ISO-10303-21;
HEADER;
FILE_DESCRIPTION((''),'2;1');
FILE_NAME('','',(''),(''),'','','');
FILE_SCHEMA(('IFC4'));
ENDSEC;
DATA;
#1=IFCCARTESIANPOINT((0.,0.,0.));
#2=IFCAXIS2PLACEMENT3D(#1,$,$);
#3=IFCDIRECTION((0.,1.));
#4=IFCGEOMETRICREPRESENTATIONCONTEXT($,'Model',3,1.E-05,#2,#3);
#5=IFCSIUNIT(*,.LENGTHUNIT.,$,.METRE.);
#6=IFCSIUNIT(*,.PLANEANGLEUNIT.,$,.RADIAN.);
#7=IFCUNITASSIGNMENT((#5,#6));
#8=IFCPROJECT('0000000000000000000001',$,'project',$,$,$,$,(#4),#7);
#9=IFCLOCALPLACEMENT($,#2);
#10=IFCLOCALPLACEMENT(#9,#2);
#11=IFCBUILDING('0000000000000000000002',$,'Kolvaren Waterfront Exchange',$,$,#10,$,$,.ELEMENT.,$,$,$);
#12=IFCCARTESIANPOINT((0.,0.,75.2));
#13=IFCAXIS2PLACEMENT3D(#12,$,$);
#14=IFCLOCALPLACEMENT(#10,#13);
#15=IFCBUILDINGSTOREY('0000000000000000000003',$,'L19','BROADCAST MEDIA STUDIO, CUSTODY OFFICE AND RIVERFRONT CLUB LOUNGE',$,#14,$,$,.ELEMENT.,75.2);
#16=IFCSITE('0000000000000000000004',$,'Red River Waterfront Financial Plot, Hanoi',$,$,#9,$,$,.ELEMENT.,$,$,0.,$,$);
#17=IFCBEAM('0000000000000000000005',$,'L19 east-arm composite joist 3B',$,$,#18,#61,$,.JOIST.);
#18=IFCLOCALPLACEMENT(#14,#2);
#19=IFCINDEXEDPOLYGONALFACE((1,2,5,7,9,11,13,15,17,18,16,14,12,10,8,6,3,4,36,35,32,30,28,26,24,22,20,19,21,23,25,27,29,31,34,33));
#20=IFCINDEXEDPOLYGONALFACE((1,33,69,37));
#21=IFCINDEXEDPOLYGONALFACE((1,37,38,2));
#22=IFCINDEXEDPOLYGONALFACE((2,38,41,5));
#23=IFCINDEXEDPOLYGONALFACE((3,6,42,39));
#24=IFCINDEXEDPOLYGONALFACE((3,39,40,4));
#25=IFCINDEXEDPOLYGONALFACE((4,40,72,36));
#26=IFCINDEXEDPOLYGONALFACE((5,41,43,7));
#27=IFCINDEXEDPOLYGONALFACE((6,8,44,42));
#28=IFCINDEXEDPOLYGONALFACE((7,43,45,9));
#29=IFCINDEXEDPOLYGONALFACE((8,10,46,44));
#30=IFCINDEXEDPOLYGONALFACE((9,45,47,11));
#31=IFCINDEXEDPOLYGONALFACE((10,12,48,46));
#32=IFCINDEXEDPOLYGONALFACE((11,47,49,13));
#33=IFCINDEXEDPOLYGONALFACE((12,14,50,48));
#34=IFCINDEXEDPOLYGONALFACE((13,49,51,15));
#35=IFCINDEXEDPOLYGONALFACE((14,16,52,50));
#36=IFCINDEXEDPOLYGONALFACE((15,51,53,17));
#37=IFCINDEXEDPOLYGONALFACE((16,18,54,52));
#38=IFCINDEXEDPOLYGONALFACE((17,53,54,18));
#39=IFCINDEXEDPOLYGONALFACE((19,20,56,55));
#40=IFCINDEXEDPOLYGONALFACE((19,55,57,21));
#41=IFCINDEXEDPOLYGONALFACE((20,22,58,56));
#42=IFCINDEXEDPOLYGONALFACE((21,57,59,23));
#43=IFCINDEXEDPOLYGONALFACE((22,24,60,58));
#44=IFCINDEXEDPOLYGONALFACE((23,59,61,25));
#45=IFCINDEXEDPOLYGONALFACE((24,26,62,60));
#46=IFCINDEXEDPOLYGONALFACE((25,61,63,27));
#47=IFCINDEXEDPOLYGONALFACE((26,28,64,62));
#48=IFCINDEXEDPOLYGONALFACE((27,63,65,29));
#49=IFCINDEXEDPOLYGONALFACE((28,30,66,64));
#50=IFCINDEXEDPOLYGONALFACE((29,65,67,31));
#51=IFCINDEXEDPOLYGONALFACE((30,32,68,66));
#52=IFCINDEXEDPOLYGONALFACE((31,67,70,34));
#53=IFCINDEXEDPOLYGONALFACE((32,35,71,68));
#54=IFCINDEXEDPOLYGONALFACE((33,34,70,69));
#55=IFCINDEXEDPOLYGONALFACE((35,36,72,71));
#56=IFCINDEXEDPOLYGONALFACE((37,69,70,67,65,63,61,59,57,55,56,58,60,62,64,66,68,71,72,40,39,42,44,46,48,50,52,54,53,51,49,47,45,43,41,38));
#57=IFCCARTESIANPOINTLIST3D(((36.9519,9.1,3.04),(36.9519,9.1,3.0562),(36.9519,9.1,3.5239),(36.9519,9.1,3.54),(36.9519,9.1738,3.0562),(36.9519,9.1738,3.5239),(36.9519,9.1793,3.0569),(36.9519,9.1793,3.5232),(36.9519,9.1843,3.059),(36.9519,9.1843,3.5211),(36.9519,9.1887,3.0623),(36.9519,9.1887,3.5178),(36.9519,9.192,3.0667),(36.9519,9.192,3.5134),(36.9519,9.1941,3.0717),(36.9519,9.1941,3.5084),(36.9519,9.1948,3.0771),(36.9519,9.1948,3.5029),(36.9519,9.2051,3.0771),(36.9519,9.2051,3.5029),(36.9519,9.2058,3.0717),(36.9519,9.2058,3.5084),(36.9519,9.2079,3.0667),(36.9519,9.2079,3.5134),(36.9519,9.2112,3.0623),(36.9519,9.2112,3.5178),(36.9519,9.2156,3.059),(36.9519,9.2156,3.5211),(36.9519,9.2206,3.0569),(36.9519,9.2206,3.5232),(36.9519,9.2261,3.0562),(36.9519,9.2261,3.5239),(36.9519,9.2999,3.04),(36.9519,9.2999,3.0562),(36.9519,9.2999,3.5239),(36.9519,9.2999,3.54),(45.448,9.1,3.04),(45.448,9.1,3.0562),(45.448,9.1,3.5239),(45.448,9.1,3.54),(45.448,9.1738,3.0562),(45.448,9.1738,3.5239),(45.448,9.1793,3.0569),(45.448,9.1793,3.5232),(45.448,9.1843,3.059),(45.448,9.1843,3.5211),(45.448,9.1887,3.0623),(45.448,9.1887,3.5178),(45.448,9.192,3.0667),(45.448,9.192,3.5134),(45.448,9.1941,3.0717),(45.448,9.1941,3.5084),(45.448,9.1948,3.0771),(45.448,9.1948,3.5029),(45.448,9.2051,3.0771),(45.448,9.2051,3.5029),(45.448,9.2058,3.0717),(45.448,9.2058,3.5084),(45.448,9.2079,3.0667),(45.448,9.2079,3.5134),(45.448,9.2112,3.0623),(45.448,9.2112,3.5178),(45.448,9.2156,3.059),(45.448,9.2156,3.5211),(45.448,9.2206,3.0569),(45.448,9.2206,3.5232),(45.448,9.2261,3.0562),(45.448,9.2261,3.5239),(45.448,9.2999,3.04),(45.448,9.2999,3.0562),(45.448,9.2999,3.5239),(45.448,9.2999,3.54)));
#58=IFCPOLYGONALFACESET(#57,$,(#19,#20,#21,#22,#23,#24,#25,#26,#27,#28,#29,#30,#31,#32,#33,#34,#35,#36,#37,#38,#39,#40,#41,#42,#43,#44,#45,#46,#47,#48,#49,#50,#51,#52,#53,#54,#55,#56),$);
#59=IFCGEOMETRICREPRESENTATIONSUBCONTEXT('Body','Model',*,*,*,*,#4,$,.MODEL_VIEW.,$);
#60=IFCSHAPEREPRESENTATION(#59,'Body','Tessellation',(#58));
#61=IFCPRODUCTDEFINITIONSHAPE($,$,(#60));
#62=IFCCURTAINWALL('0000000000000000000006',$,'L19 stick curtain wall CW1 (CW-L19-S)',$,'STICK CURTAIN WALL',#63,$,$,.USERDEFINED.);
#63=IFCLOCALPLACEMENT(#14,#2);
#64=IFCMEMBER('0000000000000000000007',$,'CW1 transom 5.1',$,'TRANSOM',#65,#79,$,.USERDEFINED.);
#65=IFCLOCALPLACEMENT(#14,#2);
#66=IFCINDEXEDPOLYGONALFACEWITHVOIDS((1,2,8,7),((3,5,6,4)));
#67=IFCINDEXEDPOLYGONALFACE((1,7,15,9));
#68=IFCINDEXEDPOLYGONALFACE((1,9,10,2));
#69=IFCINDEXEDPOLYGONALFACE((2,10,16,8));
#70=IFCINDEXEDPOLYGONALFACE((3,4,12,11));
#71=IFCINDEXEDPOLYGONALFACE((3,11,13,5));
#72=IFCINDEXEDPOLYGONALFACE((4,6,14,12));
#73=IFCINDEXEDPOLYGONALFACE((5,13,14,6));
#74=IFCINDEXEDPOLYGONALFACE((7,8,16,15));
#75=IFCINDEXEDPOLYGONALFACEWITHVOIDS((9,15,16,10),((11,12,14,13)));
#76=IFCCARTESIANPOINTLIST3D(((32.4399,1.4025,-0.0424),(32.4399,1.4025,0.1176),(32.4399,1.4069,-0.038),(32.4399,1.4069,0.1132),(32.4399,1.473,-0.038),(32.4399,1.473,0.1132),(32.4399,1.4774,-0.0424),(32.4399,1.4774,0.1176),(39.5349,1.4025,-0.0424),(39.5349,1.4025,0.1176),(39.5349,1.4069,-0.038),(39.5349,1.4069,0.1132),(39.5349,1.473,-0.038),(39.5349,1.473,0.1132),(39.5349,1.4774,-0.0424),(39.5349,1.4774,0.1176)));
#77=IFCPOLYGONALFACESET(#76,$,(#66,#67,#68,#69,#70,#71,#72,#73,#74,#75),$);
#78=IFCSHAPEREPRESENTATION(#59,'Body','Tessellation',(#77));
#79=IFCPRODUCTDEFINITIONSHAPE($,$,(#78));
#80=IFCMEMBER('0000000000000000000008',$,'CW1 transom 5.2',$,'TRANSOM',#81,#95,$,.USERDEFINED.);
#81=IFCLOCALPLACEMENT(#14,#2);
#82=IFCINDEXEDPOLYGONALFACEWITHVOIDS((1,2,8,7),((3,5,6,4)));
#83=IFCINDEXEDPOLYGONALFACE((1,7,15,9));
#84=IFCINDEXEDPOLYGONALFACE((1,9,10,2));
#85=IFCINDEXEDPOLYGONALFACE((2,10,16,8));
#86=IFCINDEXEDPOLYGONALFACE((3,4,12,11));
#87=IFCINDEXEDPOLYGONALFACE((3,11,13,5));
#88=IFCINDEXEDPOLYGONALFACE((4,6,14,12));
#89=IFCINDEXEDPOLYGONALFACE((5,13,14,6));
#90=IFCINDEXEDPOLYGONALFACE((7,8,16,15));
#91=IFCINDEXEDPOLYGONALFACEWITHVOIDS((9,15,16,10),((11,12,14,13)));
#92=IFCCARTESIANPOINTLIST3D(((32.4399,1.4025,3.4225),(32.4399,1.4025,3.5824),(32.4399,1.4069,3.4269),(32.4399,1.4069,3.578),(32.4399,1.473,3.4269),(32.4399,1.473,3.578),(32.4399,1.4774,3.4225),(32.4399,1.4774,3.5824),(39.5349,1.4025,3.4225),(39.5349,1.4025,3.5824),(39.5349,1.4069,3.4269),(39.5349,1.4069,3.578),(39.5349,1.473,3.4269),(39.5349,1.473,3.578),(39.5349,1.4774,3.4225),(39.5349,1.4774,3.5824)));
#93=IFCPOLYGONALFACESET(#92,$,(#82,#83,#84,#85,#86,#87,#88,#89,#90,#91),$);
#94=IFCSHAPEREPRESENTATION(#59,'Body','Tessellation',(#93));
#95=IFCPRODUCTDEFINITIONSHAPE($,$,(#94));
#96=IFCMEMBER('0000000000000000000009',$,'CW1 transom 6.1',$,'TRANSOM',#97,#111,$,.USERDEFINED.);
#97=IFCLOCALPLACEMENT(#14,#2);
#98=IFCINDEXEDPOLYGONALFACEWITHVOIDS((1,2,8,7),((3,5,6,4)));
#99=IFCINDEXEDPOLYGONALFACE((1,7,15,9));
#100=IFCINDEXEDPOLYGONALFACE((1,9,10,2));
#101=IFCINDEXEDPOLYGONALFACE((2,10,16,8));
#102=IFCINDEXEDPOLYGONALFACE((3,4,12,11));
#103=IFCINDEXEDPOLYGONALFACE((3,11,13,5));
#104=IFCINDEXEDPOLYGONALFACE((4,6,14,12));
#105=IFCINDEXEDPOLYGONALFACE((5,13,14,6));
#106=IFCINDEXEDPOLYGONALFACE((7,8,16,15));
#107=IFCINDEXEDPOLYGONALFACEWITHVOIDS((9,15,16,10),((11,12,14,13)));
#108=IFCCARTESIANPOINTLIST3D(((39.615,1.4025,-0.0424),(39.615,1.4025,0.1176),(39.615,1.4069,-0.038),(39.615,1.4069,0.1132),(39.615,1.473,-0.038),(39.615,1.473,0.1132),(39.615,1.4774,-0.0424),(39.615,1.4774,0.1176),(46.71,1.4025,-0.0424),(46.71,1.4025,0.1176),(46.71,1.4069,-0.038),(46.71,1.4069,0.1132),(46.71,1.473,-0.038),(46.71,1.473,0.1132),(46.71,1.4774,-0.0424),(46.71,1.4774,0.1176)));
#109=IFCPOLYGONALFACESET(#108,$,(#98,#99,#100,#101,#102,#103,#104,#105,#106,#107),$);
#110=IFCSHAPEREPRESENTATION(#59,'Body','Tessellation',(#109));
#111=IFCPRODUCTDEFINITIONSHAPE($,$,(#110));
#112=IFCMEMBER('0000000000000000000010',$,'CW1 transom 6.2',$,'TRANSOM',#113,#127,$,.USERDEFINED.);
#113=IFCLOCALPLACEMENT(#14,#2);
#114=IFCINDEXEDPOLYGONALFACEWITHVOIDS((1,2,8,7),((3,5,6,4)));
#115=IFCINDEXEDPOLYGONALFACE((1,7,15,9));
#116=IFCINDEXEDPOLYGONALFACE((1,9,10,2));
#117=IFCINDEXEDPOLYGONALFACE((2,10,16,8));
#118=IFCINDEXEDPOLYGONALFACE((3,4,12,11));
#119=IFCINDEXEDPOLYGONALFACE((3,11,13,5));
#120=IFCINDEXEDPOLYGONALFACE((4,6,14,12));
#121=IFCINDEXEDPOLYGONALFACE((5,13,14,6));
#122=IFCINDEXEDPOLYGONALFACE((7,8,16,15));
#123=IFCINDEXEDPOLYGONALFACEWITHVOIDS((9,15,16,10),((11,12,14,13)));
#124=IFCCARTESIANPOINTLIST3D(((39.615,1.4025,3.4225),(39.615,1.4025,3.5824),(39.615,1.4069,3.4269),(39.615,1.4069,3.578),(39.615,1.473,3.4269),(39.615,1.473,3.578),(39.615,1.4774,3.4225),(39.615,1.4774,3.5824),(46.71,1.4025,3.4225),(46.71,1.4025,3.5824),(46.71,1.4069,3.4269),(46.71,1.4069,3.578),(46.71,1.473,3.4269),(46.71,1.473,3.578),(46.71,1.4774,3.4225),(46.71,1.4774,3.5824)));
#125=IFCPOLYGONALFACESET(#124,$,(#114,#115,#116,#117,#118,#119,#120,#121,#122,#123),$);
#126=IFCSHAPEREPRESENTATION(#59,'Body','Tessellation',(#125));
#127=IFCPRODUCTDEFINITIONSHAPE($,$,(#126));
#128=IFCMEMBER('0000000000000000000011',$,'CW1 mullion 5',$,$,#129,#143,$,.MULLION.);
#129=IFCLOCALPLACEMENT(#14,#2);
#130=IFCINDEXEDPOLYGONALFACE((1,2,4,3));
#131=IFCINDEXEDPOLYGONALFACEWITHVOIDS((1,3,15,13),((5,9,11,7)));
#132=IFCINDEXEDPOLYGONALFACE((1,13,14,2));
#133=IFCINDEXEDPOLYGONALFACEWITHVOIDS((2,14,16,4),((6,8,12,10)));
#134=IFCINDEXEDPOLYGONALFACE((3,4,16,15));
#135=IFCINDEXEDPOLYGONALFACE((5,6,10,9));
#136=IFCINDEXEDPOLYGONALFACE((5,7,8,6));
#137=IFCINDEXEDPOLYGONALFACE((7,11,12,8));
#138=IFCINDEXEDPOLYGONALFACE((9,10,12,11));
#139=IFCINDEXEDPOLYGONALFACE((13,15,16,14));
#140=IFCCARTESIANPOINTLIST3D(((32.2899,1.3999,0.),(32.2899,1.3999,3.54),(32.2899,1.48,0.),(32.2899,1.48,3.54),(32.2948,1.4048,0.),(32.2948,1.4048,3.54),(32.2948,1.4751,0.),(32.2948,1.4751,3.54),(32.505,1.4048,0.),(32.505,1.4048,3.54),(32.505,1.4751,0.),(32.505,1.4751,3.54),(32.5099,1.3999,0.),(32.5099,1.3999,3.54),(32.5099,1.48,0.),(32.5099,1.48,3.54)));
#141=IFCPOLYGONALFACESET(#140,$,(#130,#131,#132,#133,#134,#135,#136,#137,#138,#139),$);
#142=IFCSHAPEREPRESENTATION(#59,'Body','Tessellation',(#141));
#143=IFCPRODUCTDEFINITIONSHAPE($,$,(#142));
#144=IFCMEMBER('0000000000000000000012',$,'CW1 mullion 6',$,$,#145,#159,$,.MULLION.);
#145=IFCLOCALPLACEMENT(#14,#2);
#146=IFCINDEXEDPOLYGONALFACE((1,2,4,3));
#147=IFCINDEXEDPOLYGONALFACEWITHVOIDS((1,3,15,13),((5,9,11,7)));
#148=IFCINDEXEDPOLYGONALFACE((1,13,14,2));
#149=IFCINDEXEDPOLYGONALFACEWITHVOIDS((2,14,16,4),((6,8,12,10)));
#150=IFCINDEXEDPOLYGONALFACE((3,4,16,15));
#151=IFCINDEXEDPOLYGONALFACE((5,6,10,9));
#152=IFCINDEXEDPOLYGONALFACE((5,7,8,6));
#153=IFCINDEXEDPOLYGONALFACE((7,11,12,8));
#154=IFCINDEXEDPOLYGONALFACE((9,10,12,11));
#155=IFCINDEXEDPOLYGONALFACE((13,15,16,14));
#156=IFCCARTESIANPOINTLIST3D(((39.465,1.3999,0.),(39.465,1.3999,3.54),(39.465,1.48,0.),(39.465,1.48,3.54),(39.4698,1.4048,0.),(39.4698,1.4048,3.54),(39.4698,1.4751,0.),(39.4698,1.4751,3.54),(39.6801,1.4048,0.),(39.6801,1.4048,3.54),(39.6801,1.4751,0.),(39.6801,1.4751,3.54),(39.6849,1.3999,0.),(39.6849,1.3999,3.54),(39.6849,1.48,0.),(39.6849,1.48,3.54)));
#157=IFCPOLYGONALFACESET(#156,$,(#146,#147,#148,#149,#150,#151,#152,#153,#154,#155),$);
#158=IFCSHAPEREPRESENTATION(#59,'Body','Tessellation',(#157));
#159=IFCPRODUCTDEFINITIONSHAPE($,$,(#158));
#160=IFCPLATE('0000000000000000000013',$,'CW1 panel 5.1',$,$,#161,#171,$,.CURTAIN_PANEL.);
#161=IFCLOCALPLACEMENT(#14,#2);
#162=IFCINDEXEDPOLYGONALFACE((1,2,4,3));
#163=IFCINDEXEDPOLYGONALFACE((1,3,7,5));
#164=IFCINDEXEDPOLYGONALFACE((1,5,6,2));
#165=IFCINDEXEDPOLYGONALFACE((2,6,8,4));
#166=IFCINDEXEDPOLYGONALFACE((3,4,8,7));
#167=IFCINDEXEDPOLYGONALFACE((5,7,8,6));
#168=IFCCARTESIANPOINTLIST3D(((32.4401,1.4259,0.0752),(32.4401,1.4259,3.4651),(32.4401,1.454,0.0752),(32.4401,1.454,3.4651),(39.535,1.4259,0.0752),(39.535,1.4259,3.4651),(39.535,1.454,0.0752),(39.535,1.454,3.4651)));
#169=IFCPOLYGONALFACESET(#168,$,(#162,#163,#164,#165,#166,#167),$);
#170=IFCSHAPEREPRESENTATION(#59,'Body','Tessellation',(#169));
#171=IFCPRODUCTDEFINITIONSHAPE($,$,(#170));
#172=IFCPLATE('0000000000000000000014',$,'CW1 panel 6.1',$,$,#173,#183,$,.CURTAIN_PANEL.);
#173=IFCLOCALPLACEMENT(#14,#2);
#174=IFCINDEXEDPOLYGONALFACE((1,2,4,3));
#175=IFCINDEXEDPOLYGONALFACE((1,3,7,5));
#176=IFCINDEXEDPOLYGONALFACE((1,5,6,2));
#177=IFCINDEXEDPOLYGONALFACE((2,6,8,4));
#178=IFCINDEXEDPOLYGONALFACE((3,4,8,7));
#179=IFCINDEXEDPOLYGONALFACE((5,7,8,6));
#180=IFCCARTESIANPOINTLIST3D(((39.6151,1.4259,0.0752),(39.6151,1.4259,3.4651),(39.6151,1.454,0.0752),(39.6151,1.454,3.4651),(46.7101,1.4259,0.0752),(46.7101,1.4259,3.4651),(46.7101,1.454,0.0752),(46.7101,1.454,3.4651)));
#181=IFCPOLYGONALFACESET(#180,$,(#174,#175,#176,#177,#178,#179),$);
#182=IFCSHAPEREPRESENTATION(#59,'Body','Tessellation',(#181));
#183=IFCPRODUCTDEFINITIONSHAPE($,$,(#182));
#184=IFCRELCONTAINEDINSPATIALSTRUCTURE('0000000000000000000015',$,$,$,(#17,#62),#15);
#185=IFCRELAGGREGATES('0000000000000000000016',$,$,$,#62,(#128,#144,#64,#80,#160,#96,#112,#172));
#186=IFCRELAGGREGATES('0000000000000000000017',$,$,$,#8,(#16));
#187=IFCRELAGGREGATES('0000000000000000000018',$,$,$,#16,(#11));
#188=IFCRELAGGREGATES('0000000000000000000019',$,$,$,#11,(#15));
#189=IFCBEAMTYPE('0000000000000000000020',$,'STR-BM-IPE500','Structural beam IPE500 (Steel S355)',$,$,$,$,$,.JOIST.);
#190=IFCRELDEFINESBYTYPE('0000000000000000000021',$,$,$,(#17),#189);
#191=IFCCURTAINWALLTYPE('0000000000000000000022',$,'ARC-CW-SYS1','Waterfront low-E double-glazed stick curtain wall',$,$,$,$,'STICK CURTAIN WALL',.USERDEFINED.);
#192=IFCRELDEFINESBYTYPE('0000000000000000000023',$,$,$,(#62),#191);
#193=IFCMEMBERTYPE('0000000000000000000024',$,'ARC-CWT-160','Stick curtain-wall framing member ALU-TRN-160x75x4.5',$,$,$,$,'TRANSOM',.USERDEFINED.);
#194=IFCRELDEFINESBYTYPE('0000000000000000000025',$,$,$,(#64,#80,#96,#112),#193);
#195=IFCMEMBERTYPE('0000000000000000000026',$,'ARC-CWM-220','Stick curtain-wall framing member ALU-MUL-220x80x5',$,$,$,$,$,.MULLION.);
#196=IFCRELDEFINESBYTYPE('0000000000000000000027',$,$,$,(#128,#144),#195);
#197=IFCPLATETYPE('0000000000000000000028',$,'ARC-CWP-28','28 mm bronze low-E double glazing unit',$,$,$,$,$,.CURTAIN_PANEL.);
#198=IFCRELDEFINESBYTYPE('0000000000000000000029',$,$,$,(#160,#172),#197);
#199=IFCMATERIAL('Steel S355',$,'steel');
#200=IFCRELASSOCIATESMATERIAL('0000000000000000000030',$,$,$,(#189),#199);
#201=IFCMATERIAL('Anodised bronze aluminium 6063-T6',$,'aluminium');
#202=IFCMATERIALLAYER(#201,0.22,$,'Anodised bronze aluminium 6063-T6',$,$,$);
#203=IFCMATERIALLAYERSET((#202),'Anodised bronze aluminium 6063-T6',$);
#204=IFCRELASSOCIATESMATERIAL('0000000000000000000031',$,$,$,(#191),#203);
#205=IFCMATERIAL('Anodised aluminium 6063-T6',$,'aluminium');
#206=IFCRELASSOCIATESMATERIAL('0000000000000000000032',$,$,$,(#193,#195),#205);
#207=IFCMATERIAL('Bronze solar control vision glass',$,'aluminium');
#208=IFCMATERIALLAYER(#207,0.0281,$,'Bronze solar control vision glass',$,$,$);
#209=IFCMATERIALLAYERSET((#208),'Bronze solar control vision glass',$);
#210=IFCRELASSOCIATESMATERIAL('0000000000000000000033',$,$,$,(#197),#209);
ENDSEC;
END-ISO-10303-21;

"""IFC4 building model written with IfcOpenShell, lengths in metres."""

from ifc_helpers import new_model, si_unit, direction, frame, origin, origin_with_axes, origin_2d, place, context, subcontext, project, spatial, rectangle, hollow_rectangle, i_section, extrude, source, transform, mapped, material, layer, layer_set, material_profile, profile_set, type_object, element, aggregate, save


model = new_model("IFC4")

# Units and contexts
model_context = context("Model", 3, precision=1e-05, world=origin(), true_north=direction((0.0, 1.0)))
body_context = subcontext(model_context, "Body", "Model", "MODEL_VIEW")
ifc_project = project(units=[si_unit("LENGTHUNIT", "METRE"), si_unit("PLANEANGLEUNIT", "RADIAN")], contexts=[model_context])

# Site, building, storey
site_placement = place(None, origin())
site = spatial("IfcSite", under=ifc_project, at=site_placement, Name="Red River Waterfront Financial Plot, Hanoi", CompositionType="ELEMENT", RefElevation=0.0)
building_placement = place(site_placement, origin())
building = spatial("IfcBuilding", under=site, at=building_placement, Name="Kolvaren Waterfront Exchange", CompositionType="ELEMENT")
storey_placement = place(building_placement, frame((0.0, 0.0, 75.2)))
storey = spatial("IfcBuildingStorey", under=building, at=storey_placement, Name="L19", Description="BROADCAST MEDIA STUDIO, CUSTODY OFFICE AND RIVERFRONT CLUB LOUNGE", CompositionType="ELEMENT", Elevation=75.2)

# Beam
ifc_material_1 = material(Name="Steel S355", Category="steel")
ifc_material_profile_1 = material_profile(ifc_material_1, i_section(OverallWidth=0.2, OverallDepth=0.5, WebThickness=0.0103, FlangeThickness=0.0161, FilletRadius=0.021, at=origin_2d()), Name="IPE500")
ifc_profile_set_1 = profile_set([ifc_material_profile_1], Name="Steel S355")
beam_type_1 = type_object("IfcBeamType", Name="STR-BM-IPE500", Description="Structural beam IPE500 (Steel S355)", PredefinedType="JOIST", material=ifc_profile_set_1)
beam_1_placement = place(storey_placement, frame((36.9519, 9.2, 3.29), z_axis=(1.0, 0.0, 0.0), x_axis=(0.0, 1.0, 0.0)))
element("IfcBeam", 1, at=beam_1_placement, inside=storey, type_object=beam_type_1, Name="L19 east-arm composite joist 3B", PredefinedType="JOIST", context=body_context, shape_type="SweptSolid", body=[
    extrude(i_section(OverallWidth=0.2, OverallDepth=0.5, WebThickness=0.0103, FlangeThickness=0.0161, FilletRadius=0.021, at=origin_2d()), origin(), (0.0, 0.0, 1.0), 8.4961),
])

# Curtain wall, members, plates
ifc_material_2 = material(Name="Anodised bronze aluminium 6063-T6", Category="aluminium")
ifc_layer_1 = layer(ifc_material_2, 0.22, Name="Anodised bronze aluminium 6063-T6")
ifc_layer_set_1 = layer_set([ifc_layer_1], Name="Anodised bronze aluminium 6063-T6")
curtain_wall_type = type_object("IfcCurtainWallType", Name="ARC-CW-SYS1", Description="Waterfront low-E double-glazed stick curtain wall", ElementType="STICK CURTAIN WALL", PredefinedType="USERDEFINED", material=ifc_layer_set_1)
curtain_wall_placement = place(storey_placement, origin())
curtain_wall = element("IfcCurtainWall", 2, at=curtain_wall_placement, inside=storey, type_object=curtain_wall_type, Name="L19 stick curtain wall CW1 (CW-L19-S)", ObjectType="STICK CURTAIN WALL", PredefinedType="USERDEFINED")
ifc_material_3 = material(Name="Anodised aluminium 6063-T6", Category="aluminium")
ifc_material_profile_2 = material_profile(ifc_material_3, hollow_rectangle(XDim=0.075, YDim=0.1599, WallThickness=0.0044, at=origin_2d()), Name="ALU-TRN-160x75x4.5")
ifc_profile_set_2 = profile_set([ifc_material_profile_2], Name="Anodised aluminium 6063-T6")
member_type_1 = type_object("IfcMemberType", Name="ARC-CWT-160", Description="Stick curtain-wall framing member ALU-TRN-160x75x4.5", ElementType="TRANSOM", PredefinedType="USERDEFINED", material=ifc_profile_set_2)
shared_shape_1 = source(origin_with_axes(), body_context, "Body", "SweptSolid", [
    extrude(hollow_rectangle(XDim=0.075, YDim=0.1599, WallThickness=0.0044, at=origin_2d()), origin(), (0.0, 0.0, 1.0), 7.095),
])
member_1_placement = place(storey_placement, frame((32.4399, 1.4399, 0.0376), z_axis=(1.0, 0.0, 0.0), x_axis=(0.0, 1.0, 0.0)))
member_1 = element("IfcMember", 3, at=member_1_placement, type_object=member_type_1, Name="CW1 transom 5.1", ObjectType="TRANSOM", PredefinedType="USERDEFINED", context=body_context, shape_type="MappedRepresentation", body=[
    mapped(shared_shape_1, transform((0.0, 0.0, 0.0), x_axis=(1.0, 0.0, 0.0), y_axis=(0.0, 1.0, 0.0), z_axis=(0.0, 0.0, 1.0), scale=1.0)),
])
member_2_placement = place(storey_placement, frame((32.4399, 1.4399, 3.5024), z_axis=(1.0, 0.0, 0.0), x_axis=(0.0, 1.0, 0.0)))
member_2 = element("IfcMember", 4, at=member_2_placement, type_object=member_type_1, Name="CW1 transom 5.2", ObjectType="TRANSOM", PredefinedType="USERDEFINED", context=body_context, shape_type="MappedRepresentation", body=[
    mapped(shared_shape_1, transform((0.0, 0.0, 0.0), x_axis=(1.0, 0.0, 0.0), y_axis=(0.0, 1.0, 0.0), z_axis=(0.0, 0.0, 1.0), scale=1.0)),
])
member_3_placement = place(storey_placement, frame((39.615, 1.4399, 0.0376), z_axis=(1.0, 0.0, 0.0), x_axis=(0.0, 1.0, 0.0)))
member_3 = element("IfcMember", 5, at=member_3_placement, type_object=member_type_1, Name="CW1 transom 6.1", ObjectType="TRANSOM", PredefinedType="USERDEFINED", context=body_context, shape_type="MappedRepresentation", body=[
    mapped(shared_shape_1, transform((0.0, 0.0, 0.0), x_axis=(1.0, 0.0, 0.0), y_axis=(0.0, 1.0, 0.0), z_axis=(0.0, 0.0, 1.0), scale=1.0)),
])
member_4_placement = place(storey_placement, frame((39.615, 1.4399, 3.5024), z_axis=(1.0, 0.0, 0.0), x_axis=(0.0, 1.0, 0.0)))
member_4 = element("IfcMember", 6, at=member_4_placement, type_object=member_type_1, Name="CW1 transom 6.2", ObjectType="TRANSOM", PredefinedType="USERDEFINED", context=body_context, shape_type="MappedRepresentation", body=[
    mapped(shared_shape_1, transform((0.0, 0.0, 0.0), x_axis=(1.0, 0.0, 0.0), y_axis=(0.0, 1.0, 0.0), z_axis=(0.0, 0.0, 1.0), scale=1.0)),
])
ifc_material_profile_3 = material_profile(ifc_material_3, hollow_rectangle(XDim=0.0801, YDim=0.22, WallThickness=0.0049, at=origin_2d()), Name="ALU-MUL-220x80x5")
ifc_profile_set_3 = profile_set([ifc_material_profile_3], Name="Anodised aluminium 6063-T6")
member_type_2 = type_object("IfcMemberType", Name="ARC-CWM-220", Description="Stick curtain-wall framing member ALU-MUL-220x80x5", PredefinedType="MULLION", material=ifc_profile_set_3)
shared_shape_2 = source(origin_with_axes(), body_context, "Body", "SweptSolid", [
    extrude(hollow_rectangle(XDim=0.0801, YDim=0.22, WallThickness=0.0049, at=origin_2d()), origin(), (0.0, 0.0, 1.0), 3.54),
])
member_5_placement = place(storey_placement, frame((32.3999, 1.4399, 0.0), z_axis=(0.0, 0.0, 1.0), x_axis=(0.0, 1.0, 0.0)))
member_5 = element("IfcMember", 7, at=member_5_placement, type_object=member_type_2, Name="CW1 mullion 5", PredefinedType="MULLION", context=body_context, shape_type="MappedRepresentation", body=[
    mapped(shared_shape_2, transform((0.0, 0.0, 0.0), x_axis=(1.0, 0.0, 0.0), y_axis=(0.0, 1.0, 0.0), z_axis=(0.0, 0.0, 1.0), scale=1.0)),
])
member_6_placement = place(storey_placement, frame((39.575, 1.4399, 0.0), z_axis=(0.0, 0.0, 1.0), x_axis=(0.0, 1.0, 0.0)))
member_6 = element("IfcMember", 8, at=member_6_placement, type_object=member_type_2, Name="CW1 mullion 6", PredefinedType="MULLION", context=body_context, shape_type="MappedRepresentation", body=[
    mapped(shared_shape_2, transform((0.0, 0.0, 0.0), x_axis=(1.0, 0.0, 0.0), y_axis=(0.0, 1.0, 0.0), z_axis=(0.0, 0.0, 1.0), scale=1.0)),
])
ifc_material_4 = material(Name="Bronze solar control vision glass", Category="aluminium")
ifc_layer_2 = layer(ifc_material_4, 0.0281, Name="Bronze solar control vision glass")
ifc_layer_set_2 = layer_set([ifc_layer_2], Name="Bronze solar control vision glass")
plate_type = type_object("IfcPlateType", Name="ARC-CWP-28", Description="28 mm bronze low-E double glazing unit", PredefinedType="CURTAIN_PANEL", material=ifc_layer_set_2)
shared_shape_3 = source(origin_with_axes(), body_context, "Body", "SweptSolid", [
    extrude(rectangle(XDim=7.095, YDim=0.0281, at=origin_2d()), origin(), (0.0, 0.0, 1.0), 3.3899),
])
plate_1_placement = place(storey_placement, frame((35.9875, 1.4399, 0.0752), z_axis=(0.0, 0.0, 1.0), x_axis=(1.0, 0.0, 0.0)))
plate_1 = element("IfcPlate", 9, at=plate_1_placement, type_object=plate_type, Name="CW1 panel 5.1", PredefinedType="CURTAIN_PANEL", context=body_context, shape_type="MappedRepresentation", body=[
    mapped(shared_shape_3, transform((0.0, 0.0, 0.0), x_axis=(1.0, 0.0, 0.0), y_axis=(0.0, 1.0, 0.0), z_axis=(0.0, 0.0, 1.0), scale=1.0)),
])
plate_2_placement = place(storey_placement, frame((43.1626, 1.4399, 0.0752), z_axis=(0.0, 0.0, 1.0), x_axis=(1.0, 0.0, 0.0)))
plate_2 = element("IfcPlate", 10, at=plate_2_placement, type_object=plate_type, Name="CW1 panel 6.1", PredefinedType="CURTAIN_PANEL", context=body_context, shape_type="MappedRepresentation", body=[
    mapped(shared_shape_3, transform((0.0, 0.0, 0.0), x_axis=(1.0, 0.0, 0.0), y_axis=(0.0, 1.0, 0.0), z_axis=(0.0, 0.0, 1.0), scale=1.0)),
])
aggregate(curtain_wall, [member_5, member_6, member_1, member_2, plate_1, member_3, member_4, plate_2])

save(model, "model.ifc")
